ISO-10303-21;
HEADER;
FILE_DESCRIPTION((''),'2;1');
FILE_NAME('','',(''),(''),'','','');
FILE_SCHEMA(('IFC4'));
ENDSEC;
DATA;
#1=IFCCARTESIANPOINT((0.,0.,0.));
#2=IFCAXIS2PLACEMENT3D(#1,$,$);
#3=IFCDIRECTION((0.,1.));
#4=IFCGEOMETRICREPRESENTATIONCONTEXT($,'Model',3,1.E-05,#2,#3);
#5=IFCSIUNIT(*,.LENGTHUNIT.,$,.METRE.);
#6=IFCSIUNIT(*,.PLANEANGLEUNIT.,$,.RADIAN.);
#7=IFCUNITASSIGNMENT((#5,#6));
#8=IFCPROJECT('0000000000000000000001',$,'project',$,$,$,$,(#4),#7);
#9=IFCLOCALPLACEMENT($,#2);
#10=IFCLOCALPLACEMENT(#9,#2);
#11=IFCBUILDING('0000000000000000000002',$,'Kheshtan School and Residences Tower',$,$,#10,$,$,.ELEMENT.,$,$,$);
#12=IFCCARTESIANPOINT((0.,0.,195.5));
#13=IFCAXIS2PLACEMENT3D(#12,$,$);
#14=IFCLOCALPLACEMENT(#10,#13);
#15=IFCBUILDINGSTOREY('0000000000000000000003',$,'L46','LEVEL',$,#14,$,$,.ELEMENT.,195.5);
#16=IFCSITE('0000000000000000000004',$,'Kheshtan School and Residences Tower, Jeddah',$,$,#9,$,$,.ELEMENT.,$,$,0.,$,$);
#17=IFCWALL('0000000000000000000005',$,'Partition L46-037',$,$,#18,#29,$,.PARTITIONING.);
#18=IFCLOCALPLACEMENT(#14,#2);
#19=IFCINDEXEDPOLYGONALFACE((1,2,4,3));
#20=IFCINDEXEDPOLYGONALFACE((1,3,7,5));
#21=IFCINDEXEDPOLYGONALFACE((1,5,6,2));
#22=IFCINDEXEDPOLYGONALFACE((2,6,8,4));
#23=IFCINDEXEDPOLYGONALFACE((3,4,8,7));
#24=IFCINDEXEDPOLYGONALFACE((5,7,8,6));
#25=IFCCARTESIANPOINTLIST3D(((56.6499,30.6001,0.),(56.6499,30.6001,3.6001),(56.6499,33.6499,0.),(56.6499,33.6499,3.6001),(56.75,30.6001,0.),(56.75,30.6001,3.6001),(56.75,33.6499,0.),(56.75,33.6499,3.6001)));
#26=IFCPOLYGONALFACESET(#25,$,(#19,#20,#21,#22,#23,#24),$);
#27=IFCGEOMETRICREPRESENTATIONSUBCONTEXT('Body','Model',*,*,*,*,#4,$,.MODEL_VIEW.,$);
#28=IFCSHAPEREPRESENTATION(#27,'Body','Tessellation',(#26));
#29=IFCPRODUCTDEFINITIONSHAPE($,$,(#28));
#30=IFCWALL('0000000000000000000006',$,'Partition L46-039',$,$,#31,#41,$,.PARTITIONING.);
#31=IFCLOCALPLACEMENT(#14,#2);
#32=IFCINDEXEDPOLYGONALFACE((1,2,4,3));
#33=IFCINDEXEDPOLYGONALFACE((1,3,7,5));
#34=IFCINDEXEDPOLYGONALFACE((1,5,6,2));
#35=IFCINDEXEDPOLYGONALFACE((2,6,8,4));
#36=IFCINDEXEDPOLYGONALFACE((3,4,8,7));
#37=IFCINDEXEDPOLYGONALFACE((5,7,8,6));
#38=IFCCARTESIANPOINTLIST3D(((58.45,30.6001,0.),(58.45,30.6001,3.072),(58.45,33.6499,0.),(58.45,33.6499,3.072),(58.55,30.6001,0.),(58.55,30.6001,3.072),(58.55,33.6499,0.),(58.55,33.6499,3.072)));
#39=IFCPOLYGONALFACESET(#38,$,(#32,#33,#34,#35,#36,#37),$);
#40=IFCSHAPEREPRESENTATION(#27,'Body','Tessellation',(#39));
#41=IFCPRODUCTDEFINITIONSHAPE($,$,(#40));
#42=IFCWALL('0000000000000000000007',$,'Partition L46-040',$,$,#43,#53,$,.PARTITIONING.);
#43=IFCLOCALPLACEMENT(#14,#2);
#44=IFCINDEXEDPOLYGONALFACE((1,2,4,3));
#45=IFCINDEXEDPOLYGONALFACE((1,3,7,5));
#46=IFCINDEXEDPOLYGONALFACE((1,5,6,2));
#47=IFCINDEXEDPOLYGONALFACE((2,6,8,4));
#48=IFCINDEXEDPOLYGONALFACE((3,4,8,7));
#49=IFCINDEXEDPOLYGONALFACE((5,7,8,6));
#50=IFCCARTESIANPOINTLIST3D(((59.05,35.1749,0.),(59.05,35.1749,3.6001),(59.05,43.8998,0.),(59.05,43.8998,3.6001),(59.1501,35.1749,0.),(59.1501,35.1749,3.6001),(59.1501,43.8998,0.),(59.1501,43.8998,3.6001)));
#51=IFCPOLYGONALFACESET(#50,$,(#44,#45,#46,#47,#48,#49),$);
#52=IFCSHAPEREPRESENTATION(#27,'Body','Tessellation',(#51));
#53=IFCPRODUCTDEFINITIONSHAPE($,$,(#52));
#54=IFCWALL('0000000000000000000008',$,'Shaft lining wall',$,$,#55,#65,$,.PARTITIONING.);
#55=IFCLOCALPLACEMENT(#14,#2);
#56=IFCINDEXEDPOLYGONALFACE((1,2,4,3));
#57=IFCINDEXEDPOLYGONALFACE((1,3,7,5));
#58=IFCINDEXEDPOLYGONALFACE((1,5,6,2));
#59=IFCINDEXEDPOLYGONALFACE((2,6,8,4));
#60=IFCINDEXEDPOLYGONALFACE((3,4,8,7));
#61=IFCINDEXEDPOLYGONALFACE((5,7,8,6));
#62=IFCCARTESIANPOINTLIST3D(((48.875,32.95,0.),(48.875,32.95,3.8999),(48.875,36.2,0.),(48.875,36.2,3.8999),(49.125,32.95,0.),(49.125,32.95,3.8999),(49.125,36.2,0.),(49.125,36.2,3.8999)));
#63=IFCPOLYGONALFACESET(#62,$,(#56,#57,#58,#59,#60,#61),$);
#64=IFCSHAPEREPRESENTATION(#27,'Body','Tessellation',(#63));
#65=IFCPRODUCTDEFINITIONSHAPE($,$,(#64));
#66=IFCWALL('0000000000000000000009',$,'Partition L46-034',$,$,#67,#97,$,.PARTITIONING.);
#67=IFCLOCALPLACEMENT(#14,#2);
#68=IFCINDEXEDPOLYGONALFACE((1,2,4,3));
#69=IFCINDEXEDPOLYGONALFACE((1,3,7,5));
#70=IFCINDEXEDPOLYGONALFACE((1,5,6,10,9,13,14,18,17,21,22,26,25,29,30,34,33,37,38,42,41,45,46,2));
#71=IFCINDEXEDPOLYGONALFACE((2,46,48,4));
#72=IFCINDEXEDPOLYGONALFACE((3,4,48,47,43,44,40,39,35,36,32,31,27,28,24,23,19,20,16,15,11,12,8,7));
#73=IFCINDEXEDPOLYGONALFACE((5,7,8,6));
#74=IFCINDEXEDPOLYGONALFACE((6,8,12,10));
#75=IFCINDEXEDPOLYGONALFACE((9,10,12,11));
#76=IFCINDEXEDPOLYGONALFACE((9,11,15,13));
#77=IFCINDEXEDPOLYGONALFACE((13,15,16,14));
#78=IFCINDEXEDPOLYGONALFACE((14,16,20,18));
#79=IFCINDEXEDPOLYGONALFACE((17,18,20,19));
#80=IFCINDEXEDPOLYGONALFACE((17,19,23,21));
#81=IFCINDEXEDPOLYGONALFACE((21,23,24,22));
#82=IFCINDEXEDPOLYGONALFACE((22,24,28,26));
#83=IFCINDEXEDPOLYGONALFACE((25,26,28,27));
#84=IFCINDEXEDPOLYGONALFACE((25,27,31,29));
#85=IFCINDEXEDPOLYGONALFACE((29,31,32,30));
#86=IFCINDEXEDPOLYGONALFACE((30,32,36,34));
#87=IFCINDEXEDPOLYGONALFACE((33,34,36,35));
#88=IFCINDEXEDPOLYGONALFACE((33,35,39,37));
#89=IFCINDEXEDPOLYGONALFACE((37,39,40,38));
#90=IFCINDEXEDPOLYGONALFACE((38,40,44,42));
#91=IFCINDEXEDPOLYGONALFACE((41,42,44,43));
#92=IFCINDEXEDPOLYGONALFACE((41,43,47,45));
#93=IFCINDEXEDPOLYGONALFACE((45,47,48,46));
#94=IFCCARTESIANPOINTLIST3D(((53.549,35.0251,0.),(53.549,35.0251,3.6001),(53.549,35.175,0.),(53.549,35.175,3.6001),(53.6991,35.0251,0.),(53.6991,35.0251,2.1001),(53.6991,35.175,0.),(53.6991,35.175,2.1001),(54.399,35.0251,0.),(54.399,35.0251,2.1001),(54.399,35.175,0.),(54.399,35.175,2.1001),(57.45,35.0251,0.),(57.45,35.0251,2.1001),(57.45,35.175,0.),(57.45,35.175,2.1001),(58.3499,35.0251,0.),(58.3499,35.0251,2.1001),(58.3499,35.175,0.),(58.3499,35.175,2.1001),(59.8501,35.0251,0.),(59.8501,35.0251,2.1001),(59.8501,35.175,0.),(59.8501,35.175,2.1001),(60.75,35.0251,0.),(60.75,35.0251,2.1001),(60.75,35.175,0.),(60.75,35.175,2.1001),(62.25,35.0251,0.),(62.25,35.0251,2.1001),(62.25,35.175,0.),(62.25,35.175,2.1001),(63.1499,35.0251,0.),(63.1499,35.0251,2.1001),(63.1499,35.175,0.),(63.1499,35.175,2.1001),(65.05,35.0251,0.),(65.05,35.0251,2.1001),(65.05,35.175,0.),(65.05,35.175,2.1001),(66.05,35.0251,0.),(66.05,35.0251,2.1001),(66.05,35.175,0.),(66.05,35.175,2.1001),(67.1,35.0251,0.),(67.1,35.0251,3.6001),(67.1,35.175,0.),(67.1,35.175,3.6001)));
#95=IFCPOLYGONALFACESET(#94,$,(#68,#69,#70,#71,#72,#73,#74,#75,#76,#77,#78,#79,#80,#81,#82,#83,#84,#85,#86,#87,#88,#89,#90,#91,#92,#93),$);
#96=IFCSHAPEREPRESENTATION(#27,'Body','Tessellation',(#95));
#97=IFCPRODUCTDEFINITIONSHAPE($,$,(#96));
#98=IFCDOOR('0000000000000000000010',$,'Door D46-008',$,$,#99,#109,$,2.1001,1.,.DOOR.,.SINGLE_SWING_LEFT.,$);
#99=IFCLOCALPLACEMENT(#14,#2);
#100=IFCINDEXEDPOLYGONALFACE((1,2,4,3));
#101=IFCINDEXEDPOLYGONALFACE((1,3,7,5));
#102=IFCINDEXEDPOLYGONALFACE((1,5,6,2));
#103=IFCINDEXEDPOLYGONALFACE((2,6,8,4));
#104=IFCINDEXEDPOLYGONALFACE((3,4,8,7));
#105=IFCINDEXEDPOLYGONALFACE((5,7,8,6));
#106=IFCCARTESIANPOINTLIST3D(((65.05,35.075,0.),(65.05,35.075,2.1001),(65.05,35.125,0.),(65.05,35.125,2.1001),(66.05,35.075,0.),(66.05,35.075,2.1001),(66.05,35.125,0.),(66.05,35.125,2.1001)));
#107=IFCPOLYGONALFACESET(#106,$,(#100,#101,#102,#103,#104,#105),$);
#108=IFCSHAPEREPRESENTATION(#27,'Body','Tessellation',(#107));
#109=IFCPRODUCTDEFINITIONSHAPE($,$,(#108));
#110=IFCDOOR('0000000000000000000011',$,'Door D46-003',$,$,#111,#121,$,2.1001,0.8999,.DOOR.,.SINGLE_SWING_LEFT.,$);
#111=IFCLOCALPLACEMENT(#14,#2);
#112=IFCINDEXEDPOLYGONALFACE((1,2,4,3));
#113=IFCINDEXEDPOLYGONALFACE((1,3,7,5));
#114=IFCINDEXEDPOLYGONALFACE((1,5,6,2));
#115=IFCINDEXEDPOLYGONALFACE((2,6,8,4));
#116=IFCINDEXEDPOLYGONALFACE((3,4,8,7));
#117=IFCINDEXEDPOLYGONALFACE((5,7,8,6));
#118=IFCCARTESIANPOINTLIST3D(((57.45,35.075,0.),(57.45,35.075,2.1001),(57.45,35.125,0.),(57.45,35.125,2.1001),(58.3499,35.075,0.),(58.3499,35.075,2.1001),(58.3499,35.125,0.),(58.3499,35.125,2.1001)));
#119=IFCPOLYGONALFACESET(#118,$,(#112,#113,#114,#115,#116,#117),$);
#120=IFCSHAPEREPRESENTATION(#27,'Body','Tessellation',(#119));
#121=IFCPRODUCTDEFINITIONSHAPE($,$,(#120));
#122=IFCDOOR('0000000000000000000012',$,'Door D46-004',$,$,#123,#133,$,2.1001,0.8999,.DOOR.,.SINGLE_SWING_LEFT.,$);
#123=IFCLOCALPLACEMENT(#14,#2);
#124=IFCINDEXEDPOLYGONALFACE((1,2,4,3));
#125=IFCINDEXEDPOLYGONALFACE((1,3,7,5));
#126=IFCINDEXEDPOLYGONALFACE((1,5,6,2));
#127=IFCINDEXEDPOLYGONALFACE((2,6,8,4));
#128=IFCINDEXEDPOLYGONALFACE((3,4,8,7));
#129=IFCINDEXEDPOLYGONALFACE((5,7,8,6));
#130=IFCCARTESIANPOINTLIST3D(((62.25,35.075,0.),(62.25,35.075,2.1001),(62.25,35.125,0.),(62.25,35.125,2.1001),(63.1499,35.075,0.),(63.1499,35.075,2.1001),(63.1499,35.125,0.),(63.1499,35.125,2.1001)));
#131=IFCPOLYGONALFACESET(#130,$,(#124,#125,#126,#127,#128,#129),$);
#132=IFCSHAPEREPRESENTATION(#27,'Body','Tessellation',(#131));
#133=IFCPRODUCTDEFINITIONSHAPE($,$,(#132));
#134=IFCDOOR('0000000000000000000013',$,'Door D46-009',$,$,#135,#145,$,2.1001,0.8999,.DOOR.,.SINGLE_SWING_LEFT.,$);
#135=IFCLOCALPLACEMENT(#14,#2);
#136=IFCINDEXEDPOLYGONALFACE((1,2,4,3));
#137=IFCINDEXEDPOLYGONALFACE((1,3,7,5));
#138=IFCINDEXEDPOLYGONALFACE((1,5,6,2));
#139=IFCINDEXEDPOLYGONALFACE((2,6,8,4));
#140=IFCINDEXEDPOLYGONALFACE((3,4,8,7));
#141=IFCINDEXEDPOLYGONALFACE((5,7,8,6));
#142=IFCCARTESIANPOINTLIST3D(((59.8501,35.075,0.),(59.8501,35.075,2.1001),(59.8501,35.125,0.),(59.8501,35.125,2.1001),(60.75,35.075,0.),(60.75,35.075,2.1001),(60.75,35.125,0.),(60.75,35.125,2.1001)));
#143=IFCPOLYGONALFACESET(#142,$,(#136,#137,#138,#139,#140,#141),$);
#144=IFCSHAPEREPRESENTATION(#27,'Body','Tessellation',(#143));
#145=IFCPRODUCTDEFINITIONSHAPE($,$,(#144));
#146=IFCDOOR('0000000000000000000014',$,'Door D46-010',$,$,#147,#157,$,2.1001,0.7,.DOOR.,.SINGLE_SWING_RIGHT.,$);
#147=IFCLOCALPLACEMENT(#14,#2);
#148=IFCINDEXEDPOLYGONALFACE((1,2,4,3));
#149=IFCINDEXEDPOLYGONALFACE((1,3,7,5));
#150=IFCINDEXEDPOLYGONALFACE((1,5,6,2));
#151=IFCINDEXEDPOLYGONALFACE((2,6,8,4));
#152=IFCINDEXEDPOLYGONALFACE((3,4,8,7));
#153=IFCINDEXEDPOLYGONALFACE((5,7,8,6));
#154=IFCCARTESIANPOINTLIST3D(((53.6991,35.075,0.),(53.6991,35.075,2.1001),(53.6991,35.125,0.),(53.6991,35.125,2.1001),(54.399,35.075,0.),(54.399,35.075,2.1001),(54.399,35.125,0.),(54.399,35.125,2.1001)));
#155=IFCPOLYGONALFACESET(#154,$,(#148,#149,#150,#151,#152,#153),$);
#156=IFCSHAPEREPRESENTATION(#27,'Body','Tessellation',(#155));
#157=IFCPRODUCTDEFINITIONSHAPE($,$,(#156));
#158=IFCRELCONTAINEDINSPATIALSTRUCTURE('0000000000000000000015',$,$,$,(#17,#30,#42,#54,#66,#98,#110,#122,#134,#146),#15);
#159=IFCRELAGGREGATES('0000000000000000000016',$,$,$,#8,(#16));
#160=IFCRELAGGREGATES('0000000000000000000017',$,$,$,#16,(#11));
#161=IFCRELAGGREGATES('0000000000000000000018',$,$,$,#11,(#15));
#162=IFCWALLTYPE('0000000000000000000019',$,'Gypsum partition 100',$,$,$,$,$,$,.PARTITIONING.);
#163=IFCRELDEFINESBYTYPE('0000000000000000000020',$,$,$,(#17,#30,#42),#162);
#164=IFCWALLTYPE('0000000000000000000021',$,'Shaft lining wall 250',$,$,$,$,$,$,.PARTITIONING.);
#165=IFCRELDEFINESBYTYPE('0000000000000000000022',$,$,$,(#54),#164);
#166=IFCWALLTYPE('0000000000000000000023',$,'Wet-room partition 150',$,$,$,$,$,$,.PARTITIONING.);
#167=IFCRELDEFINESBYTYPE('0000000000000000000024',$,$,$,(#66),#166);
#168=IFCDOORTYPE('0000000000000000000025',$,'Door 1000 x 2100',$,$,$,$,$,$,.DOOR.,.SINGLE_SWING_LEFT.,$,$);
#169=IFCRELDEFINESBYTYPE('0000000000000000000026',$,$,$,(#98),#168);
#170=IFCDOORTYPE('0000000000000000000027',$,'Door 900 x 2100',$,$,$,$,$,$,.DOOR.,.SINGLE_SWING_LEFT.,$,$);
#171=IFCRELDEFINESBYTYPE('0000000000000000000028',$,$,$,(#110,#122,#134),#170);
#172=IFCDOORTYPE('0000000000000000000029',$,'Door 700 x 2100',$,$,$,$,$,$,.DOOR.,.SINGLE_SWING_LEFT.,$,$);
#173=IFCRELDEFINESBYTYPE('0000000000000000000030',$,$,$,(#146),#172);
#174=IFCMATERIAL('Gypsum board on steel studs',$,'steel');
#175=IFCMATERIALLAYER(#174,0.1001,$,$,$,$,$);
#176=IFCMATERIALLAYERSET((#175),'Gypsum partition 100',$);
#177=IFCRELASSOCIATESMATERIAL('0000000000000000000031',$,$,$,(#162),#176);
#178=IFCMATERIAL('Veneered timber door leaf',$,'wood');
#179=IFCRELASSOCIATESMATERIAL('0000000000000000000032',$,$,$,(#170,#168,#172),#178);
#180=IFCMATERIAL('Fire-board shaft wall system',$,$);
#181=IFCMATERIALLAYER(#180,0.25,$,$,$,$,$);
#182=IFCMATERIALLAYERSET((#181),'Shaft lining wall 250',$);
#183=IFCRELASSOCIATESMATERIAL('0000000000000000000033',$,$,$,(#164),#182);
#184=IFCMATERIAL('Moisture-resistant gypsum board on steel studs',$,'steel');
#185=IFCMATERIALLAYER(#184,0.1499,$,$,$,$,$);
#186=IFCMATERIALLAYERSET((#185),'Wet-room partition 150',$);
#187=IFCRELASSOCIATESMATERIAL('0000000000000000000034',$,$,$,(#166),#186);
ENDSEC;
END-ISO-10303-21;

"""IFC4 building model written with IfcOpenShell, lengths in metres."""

from ifc_helpers import new_model, si_unit, direction, frame, frame_2d, origin, place, context, subcontext, project, spatial, rectangle, extrude, source, transform, mapped, material, layer, layer_set, type_object, element, fill, save


model = new_model("IFC4")

# Units and contexts
model_context = context("Model", 3, precision=1e-05, world=origin(), true_north=direction((0.0, 1.0)))
body_context = subcontext(model_context, "Body", "Model", "MODEL_VIEW")
ifc_project = project(units=[si_unit("LENGTHUNIT", "METRE"), si_unit("PLANEANGLEUNIT", "RADIAN")], contexts=[model_context])

# Site, building, storey
site_placement = place(None, origin())
site = spatial("IfcSite", under=ifc_project, at=site_placement, Name="Kheshtan School and Residences Tower, Jeddah", CompositionType="ELEMENT", RefElevation=0.0)
building_placement = place(site_placement, origin())
building = spatial("IfcBuilding", under=site, at=building_placement, Name="Kheshtan School and Residences Tower", CompositionType="ELEMENT")
storey_placement = place(building_placement, frame((0.0, 0.0, 195.5)))
storey = spatial("IfcBuildingStorey", under=building, at=storey_placement, Name="L46", Description="LEVEL", CompositionType="ELEMENT", Elevation=195.5)

# Shared definitions
ifc_material_1 = material(Name="Gypsum board on steel studs", Category="steel")
ifc_layer_1 = layer(ifc_material_1, 0.1001)
ifc_layer_set_1 = layer_set([ifc_layer_1], Name="Gypsum partition 100")
wall_type_1 = type_object("IfcWallType", Name="Gypsum partition 100", PredefinedType="PARTITIONING", material=ifc_layer_set_1)
ifc_material_2 = material(Name="Veneered timber door leaf", Category="wood")
door_type_1 = type_object("IfcDoorType", Name="Door 900 x 2100", OperationType="SINGLE_SWING_LEFT", PredefinedType="DOOR", material=ifc_material_2)
shared_shape_1 = source(origin(), body_context, "Body", "SweptSolid", [
    extrude(rectangle(XDim=0.8999, YDim=2.1001, at=frame_2d((0.45, 1.05))), frame((0.0, 0.0249, 0.0), z_axis=(0.0, -1.0, 0.0), x_axis=(1.0, 0.0, 0.0)), (0.0, 0.0, 1.0), 0.05),
])

# Walls
wall_1_placement = place(storey_placement, frame((56.7, 30.6001, 0.0), z_axis=(0.0, 0.0, 1.0), x_axis=(0.0, 1.0, 0.0)))
element("IfcWall", 1, at=wall_1_placement, inside=storey, type_object=wall_type_1, Name="Partition L46-037", PredefinedType="PARTITIONING", context=body_context, shape_type="SweptSolid", body=[
    extrude(rectangle(XDim=3.0498, YDim=0.1001, at=frame_2d((1.5249, 0.0))), origin(), (0.0, 0.0, 1.0), 3.6001),
])
wall_2_placement = place(storey_placement, frame((58.5, 30.6001, 0.0), z_axis=(0.0, 0.0, 1.0), x_axis=(0.0, 1.0, 0.0)))
element("IfcWall", 2, at=wall_2_placement, inside=storey, type_object=wall_type_1, Name="Partition L46-039", PredefinedType="PARTITIONING", context=body_context, shape_type="SweptSolid", body=[
    extrude(rectangle(XDim=3.0498, YDim=0.1001, at=frame_2d((1.5249, 0.0))), origin(), (0.0, 0.0, 1.0), 3.072),
])
wall_3_placement = place(storey_placement, frame((59.1001, 35.175, 0.0), z_axis=(0.0, 0.0, 1.0), x_axis=(0.0, 1.0, 0.0)))
element("IfcWall", 3, at=wall_3_placement, inside=storey, type_object=wall_type_1, Name="Partition L46-040", PredefinedType="PARTITIONING", context=body_context, shape_type="SweptSolid", body=[
    extrude(rectangle(XDim=8.7249, YDim=0.1001, at=frame_2d((4.3623, 0.0))), origin(), (0.0, 0.0, 1.0), 3.6001),
])
ifc_material_3 = material(Name="Fire-board shaft wall system")
ifc_layer_2 = layer(ifc_material_3, 0.25)
ifc_layer_set_2 = layer_set([ifc_layer_2], Name="Shaft lining wall 250")
wall_type_2 = type_object("IfcWallType", Name="Shaft lining wall 250", PredefinedType="PARTITIONING", material=ifc_layer_set_2)
wall_4_placement = place(storey_placement, frame((49.0, 32.95, 0.0), z_axis=(0.0, 0.0, 1.0), x_axis=(0.0, 1.0, 0.0)))
element("IfcWall", 4, at=wall_4_placement, inside=storey, type_object=wall_type_2, Name="Shaft lining wall", PredefinedType="PARTITIONING", context=body_context, shape_type="SweptSolid", body=[
    extrude(rectangle(XDim=3.25, YDim=0.25, at=frame_2d((1.625, 0.0))), origin(), (0.0, 0.0, 1.0), 3.8999),
])

# Wall, openings, doors
ifc_material_4 = material(Name="Moisture-resistant gypsum board on steel studs", Category="steel")
ifc_layer_3 = layer(ifc_material_4, 0.1499)
ifc_layer_set_3 = layer_set([ifc_layer_3], Name="Wet-room partition 150")
wall_type_3 = type_object("IfcWallType", Name="Wet-room partition 150", PredefinedType="PARTITIONING", material=ifc_layer_set_3)
wall_5_placement = place(storey_placement, frame((53.5491, 35.1001, 0.0), z_axis=(0.0, 0.0, 1.0), x_axis=(1.0, 0.0, 0.0)))
wall_5 = element("IfcWall", 5, at=wall_5_placement, inside=storey, type_object=wall_type_3, Name="Partition L46-034", PredefinedType="PARTITIONING", context=body_context, shape_type="SweptSolid", body=[
    extrude(rectangle(XDim=13.551, YDim=0.1499, at=frame_2d((6.7754, 0.0))), origin(), (0.0, 0.0, 1.0), 3.6001),
])
opening_1_placement = place(wall_5_placement, frame((3.9009, 0.0, 0.0)))
opening_1 = element("IfcOpeningElement", 6, at=opening_1_placement, cuts=wall_5, PredefinedType="OPENING", context=body_context, shape_type="SweptSolid", body=[
    extrude(rectangle(XDim=0.8999, YDim=2.1001, at=frame_2d((0.45, 1.05))), frame((0.0, 0.085, 0.0), z_axis=(0.0, -1.0, 0.0), x_axis=(1.0, 0.0, 0.0)), (0.0, 0.0, 1.0), 0.1699),
])
opening_2_placement = place(wall_5_placement, frame((8.7009, 0.0, 0.0)))
opening_2 = element("IfcOpeningElement", 7, at=opening_2_placement, cuts=wall_5, PredefinedType="OPENING", context=body_context, shape_type="SweptSolid", body=[
    extrude(rectangle(XDim=0.8999, YDim=2.1001, at=frame_2d((0.45, 1.05))), frame((0.0, 0.085, 0.0), z_axis=(0.0, -1.0, 0.0), x_axis=(1.0, 0.0, 0.0)), (0.0, 0.0, 1.0), 0.1699),
])
opening_3_placement = place(wall_5_placement, frame((11.501, 0.0, 0.0)))
opening_3 = element("IfcOpeningElement", 8, at=opening_3_placement, cuts=wall_5, PredefinedType="OPENING", context=body_context, shape_type="SweptSolid", body=[
    extrude(rectangle(XDim=1.0, YDim=2.1001, at=frame_2d((0.5, 1.05))), frame((0.0, 0.085, 0.0), z_axis=(0.0, -1.0, 0.0), x_axis=(1.0, 0.0, 0.0)), (0.0, 0.0, 1.0), 0.1699),
])
opening_4_placement = place(wall_5_placement, frame((6.301, 0.0, 0.0)))
opening_4 = element("IfcOpeningElement", 9, at=opening_4_placement, cuts=wall_5, PredefinedType="OPENING", context=body_context, shape_type="SweptSolid", body=[
    extrude(rectangle(XDim=0.8999, YDim=2.1001, at=frame_2d((0.45, 1.05))), frame((0.0, 0.085, 0.0), z_axis=(0.0, -1.0, 0.0), x_axis=(1.0, 0.0, 0.0)), (0.0, 0.0, 1.0), 0.1699),
])
opening_5_placement = place(wall_5_placement, frame((0.1499, 0.0, 0.0)))
opening_5 = element("IfcOpeningElement", 10, at=opening_5_placement, cuts=wall_5, PredefinedType="OPENING", context=body_context, shape_type="SweptSolid", body=[
    extrude(rectangle(XDim=0.7, YDim=2.1001, at=frame_2d((0.3501, 1.05))), frame((0.0, 0.085, 0.0), z_axis=(0.0, -1.0, 0.0), x_axis=(1.0, 0.0, 0.0)), (0.0, 0.0, 1.0), 0.1699),
])
door_type_2 = type_object("IfcDoorType", Name="Door 1000 x 2100", OperationType="SINGLE_SWING_LEFT", PredefinedType="DOOR", material=ifc_material_2)
shared_shape_2 = source(origin(), body_context, "Body", "SweptSolid", [
    extrude(rectangle(XDim=1.0, YDim=2.1001, at=frame_2d((0.5, 1.05))), frame((0.0, 0.0249, 0.0), z_axis=(0.0, -1.0, 0.0), x_axis=(1.0, 0.0, 0.0)), (0.0, 0.0, 1.0), 0.05),
])
door_1_placement = place(opening_3_placement, origin())
door_1 = element("IfcDoor", 11, at=door_1_placement, inside=storey, type_object=door_type_2, Name="Door D46-008", OperationType="SINGLE_SWING_LEFT", OverallHeight=2.1001, OverallWidth=1.0, PredefinedType="DOOR", context=body_context, shape_type="MappedRepresentation", body=[
    mapped(shared_shape_2, transform((0.0, 0.0, 0.0), x_axis=(1.0, 0.0, 0.0), y_axis=(0.0, 1.0, 0.0), z_axis=(0.0, 0.0, 1.0), scale=1.0)),
])
fill(opening_3, door_1)
door_2_placement = place(opening_1_placement, origin())
door_2 = element("IfcDoor", 12, at=door_2_placement, inside=storey, type_object=door_type_1, Name="Door D46-003", OperationType="SINGLE_SWING_LEFT", OverallHeight=2.1001, OverallWidth=0.8999, PredefinedType="DOOR", context=body_context, shape_type="MappedRepresentation", body=[
    mapped(shared_shape_1, transform((0.0, 0.0, 0.0), x_axis=(1.0, 0.0, 0.0), y_axis=(0.0, 1.0, 0.0), z_axis=(0.0, 0.0, 1.0), scale=1.0)),
])
fill(opening_1, door_2)
door_3_placement = place(opening_2_placement, origin())
door_3 = element("IfcDoor", 13, at=door_3_placement, inside=storey, type_object=door_type_1, Name="Door D46-004", OperationType="SINGLE_SWING_LEFT", OverallHeight=2.1001, OverallWidth=0.8999, PredefinedType="DOOR", context=body_context, shape_type="MappedRepresentation", body=[
    mapped(shared_shape_1, transform((0.0, 0.0, 0.0), x_axis=(1.0, 0.0, 0.0), y_axis=(0.0, 1.0, 0.0), z_axis=(0.0, 0.0, 1.0), scale=1.0)),
])
fill(opening_2, door_3)
door_4_placement = place(opening_4_placement, origin())
door_4 = element("IfcDoor", 14, at=door_4_placement, inside=storey, type_object=door_type_1, Name="Door D46-009", OperationType="SINGLE_SWING_LEFT", OverallHeight=2.1001, OverallWidth=0.8999, PredefinedType="DOOR", context=body_context, shape_type="MappedRepresentation", body=[
    mapped(shared_shape_1, transform((0.0, 0.0, 0.0), x_axis=(1.0, 0.0, 0.0), y_axis=(0.0, 1.0, 0.0), z_axis=(0.0, 0.0, 1.0), scale=1.0)),
])
fill(opening_4, door_4)
door_type_3 = type_object("IfcDoorType", Name="Door 700 x 2100", OperationType="SINGLE_SWING_LEFT", PredefinedType="DOOR", material=ifc_material_2)
shared_shape_3 = source(origin(), body_context, "Body", "SweptSolid", [
    extrude(rectangle(XDim=0.7, YDim=2.1001, at=frame_2d((0.3501, 1.05))), frame((0.0, 0.0249, 0.0), z_axis=(0.0, -1.0, 0.0), x_axis=(1.0, 0.0, 0.0)), (0.0, 0.0, 1.0), 0.05),
])
door_5_placement = place(opening_5_placement, origin())
door_5 = element("IfcDoor", 15, at=door_5_placement, inside=storey, type_object=door_type_3, Name="Door D46-010", OperationType="SINGLE_SWING_RIGHT", OverallHeight=2.1001, OverallWidth=0.7, PredefinedType="DOOR", context=body_context, shape_type="MappedRepresentation", body=[
    mapped(shared_shape_3, transform((0.0, 0.0, 0.0), x_axis=(1.0, 0.0, 0.0), y_axis=(0.0, 1.0, 0.0), z_axis=(0.0, 0.0, 1.0), scale=1.0)),
])
fill(opening_5, door_5)

save(model, "model.ifc")
